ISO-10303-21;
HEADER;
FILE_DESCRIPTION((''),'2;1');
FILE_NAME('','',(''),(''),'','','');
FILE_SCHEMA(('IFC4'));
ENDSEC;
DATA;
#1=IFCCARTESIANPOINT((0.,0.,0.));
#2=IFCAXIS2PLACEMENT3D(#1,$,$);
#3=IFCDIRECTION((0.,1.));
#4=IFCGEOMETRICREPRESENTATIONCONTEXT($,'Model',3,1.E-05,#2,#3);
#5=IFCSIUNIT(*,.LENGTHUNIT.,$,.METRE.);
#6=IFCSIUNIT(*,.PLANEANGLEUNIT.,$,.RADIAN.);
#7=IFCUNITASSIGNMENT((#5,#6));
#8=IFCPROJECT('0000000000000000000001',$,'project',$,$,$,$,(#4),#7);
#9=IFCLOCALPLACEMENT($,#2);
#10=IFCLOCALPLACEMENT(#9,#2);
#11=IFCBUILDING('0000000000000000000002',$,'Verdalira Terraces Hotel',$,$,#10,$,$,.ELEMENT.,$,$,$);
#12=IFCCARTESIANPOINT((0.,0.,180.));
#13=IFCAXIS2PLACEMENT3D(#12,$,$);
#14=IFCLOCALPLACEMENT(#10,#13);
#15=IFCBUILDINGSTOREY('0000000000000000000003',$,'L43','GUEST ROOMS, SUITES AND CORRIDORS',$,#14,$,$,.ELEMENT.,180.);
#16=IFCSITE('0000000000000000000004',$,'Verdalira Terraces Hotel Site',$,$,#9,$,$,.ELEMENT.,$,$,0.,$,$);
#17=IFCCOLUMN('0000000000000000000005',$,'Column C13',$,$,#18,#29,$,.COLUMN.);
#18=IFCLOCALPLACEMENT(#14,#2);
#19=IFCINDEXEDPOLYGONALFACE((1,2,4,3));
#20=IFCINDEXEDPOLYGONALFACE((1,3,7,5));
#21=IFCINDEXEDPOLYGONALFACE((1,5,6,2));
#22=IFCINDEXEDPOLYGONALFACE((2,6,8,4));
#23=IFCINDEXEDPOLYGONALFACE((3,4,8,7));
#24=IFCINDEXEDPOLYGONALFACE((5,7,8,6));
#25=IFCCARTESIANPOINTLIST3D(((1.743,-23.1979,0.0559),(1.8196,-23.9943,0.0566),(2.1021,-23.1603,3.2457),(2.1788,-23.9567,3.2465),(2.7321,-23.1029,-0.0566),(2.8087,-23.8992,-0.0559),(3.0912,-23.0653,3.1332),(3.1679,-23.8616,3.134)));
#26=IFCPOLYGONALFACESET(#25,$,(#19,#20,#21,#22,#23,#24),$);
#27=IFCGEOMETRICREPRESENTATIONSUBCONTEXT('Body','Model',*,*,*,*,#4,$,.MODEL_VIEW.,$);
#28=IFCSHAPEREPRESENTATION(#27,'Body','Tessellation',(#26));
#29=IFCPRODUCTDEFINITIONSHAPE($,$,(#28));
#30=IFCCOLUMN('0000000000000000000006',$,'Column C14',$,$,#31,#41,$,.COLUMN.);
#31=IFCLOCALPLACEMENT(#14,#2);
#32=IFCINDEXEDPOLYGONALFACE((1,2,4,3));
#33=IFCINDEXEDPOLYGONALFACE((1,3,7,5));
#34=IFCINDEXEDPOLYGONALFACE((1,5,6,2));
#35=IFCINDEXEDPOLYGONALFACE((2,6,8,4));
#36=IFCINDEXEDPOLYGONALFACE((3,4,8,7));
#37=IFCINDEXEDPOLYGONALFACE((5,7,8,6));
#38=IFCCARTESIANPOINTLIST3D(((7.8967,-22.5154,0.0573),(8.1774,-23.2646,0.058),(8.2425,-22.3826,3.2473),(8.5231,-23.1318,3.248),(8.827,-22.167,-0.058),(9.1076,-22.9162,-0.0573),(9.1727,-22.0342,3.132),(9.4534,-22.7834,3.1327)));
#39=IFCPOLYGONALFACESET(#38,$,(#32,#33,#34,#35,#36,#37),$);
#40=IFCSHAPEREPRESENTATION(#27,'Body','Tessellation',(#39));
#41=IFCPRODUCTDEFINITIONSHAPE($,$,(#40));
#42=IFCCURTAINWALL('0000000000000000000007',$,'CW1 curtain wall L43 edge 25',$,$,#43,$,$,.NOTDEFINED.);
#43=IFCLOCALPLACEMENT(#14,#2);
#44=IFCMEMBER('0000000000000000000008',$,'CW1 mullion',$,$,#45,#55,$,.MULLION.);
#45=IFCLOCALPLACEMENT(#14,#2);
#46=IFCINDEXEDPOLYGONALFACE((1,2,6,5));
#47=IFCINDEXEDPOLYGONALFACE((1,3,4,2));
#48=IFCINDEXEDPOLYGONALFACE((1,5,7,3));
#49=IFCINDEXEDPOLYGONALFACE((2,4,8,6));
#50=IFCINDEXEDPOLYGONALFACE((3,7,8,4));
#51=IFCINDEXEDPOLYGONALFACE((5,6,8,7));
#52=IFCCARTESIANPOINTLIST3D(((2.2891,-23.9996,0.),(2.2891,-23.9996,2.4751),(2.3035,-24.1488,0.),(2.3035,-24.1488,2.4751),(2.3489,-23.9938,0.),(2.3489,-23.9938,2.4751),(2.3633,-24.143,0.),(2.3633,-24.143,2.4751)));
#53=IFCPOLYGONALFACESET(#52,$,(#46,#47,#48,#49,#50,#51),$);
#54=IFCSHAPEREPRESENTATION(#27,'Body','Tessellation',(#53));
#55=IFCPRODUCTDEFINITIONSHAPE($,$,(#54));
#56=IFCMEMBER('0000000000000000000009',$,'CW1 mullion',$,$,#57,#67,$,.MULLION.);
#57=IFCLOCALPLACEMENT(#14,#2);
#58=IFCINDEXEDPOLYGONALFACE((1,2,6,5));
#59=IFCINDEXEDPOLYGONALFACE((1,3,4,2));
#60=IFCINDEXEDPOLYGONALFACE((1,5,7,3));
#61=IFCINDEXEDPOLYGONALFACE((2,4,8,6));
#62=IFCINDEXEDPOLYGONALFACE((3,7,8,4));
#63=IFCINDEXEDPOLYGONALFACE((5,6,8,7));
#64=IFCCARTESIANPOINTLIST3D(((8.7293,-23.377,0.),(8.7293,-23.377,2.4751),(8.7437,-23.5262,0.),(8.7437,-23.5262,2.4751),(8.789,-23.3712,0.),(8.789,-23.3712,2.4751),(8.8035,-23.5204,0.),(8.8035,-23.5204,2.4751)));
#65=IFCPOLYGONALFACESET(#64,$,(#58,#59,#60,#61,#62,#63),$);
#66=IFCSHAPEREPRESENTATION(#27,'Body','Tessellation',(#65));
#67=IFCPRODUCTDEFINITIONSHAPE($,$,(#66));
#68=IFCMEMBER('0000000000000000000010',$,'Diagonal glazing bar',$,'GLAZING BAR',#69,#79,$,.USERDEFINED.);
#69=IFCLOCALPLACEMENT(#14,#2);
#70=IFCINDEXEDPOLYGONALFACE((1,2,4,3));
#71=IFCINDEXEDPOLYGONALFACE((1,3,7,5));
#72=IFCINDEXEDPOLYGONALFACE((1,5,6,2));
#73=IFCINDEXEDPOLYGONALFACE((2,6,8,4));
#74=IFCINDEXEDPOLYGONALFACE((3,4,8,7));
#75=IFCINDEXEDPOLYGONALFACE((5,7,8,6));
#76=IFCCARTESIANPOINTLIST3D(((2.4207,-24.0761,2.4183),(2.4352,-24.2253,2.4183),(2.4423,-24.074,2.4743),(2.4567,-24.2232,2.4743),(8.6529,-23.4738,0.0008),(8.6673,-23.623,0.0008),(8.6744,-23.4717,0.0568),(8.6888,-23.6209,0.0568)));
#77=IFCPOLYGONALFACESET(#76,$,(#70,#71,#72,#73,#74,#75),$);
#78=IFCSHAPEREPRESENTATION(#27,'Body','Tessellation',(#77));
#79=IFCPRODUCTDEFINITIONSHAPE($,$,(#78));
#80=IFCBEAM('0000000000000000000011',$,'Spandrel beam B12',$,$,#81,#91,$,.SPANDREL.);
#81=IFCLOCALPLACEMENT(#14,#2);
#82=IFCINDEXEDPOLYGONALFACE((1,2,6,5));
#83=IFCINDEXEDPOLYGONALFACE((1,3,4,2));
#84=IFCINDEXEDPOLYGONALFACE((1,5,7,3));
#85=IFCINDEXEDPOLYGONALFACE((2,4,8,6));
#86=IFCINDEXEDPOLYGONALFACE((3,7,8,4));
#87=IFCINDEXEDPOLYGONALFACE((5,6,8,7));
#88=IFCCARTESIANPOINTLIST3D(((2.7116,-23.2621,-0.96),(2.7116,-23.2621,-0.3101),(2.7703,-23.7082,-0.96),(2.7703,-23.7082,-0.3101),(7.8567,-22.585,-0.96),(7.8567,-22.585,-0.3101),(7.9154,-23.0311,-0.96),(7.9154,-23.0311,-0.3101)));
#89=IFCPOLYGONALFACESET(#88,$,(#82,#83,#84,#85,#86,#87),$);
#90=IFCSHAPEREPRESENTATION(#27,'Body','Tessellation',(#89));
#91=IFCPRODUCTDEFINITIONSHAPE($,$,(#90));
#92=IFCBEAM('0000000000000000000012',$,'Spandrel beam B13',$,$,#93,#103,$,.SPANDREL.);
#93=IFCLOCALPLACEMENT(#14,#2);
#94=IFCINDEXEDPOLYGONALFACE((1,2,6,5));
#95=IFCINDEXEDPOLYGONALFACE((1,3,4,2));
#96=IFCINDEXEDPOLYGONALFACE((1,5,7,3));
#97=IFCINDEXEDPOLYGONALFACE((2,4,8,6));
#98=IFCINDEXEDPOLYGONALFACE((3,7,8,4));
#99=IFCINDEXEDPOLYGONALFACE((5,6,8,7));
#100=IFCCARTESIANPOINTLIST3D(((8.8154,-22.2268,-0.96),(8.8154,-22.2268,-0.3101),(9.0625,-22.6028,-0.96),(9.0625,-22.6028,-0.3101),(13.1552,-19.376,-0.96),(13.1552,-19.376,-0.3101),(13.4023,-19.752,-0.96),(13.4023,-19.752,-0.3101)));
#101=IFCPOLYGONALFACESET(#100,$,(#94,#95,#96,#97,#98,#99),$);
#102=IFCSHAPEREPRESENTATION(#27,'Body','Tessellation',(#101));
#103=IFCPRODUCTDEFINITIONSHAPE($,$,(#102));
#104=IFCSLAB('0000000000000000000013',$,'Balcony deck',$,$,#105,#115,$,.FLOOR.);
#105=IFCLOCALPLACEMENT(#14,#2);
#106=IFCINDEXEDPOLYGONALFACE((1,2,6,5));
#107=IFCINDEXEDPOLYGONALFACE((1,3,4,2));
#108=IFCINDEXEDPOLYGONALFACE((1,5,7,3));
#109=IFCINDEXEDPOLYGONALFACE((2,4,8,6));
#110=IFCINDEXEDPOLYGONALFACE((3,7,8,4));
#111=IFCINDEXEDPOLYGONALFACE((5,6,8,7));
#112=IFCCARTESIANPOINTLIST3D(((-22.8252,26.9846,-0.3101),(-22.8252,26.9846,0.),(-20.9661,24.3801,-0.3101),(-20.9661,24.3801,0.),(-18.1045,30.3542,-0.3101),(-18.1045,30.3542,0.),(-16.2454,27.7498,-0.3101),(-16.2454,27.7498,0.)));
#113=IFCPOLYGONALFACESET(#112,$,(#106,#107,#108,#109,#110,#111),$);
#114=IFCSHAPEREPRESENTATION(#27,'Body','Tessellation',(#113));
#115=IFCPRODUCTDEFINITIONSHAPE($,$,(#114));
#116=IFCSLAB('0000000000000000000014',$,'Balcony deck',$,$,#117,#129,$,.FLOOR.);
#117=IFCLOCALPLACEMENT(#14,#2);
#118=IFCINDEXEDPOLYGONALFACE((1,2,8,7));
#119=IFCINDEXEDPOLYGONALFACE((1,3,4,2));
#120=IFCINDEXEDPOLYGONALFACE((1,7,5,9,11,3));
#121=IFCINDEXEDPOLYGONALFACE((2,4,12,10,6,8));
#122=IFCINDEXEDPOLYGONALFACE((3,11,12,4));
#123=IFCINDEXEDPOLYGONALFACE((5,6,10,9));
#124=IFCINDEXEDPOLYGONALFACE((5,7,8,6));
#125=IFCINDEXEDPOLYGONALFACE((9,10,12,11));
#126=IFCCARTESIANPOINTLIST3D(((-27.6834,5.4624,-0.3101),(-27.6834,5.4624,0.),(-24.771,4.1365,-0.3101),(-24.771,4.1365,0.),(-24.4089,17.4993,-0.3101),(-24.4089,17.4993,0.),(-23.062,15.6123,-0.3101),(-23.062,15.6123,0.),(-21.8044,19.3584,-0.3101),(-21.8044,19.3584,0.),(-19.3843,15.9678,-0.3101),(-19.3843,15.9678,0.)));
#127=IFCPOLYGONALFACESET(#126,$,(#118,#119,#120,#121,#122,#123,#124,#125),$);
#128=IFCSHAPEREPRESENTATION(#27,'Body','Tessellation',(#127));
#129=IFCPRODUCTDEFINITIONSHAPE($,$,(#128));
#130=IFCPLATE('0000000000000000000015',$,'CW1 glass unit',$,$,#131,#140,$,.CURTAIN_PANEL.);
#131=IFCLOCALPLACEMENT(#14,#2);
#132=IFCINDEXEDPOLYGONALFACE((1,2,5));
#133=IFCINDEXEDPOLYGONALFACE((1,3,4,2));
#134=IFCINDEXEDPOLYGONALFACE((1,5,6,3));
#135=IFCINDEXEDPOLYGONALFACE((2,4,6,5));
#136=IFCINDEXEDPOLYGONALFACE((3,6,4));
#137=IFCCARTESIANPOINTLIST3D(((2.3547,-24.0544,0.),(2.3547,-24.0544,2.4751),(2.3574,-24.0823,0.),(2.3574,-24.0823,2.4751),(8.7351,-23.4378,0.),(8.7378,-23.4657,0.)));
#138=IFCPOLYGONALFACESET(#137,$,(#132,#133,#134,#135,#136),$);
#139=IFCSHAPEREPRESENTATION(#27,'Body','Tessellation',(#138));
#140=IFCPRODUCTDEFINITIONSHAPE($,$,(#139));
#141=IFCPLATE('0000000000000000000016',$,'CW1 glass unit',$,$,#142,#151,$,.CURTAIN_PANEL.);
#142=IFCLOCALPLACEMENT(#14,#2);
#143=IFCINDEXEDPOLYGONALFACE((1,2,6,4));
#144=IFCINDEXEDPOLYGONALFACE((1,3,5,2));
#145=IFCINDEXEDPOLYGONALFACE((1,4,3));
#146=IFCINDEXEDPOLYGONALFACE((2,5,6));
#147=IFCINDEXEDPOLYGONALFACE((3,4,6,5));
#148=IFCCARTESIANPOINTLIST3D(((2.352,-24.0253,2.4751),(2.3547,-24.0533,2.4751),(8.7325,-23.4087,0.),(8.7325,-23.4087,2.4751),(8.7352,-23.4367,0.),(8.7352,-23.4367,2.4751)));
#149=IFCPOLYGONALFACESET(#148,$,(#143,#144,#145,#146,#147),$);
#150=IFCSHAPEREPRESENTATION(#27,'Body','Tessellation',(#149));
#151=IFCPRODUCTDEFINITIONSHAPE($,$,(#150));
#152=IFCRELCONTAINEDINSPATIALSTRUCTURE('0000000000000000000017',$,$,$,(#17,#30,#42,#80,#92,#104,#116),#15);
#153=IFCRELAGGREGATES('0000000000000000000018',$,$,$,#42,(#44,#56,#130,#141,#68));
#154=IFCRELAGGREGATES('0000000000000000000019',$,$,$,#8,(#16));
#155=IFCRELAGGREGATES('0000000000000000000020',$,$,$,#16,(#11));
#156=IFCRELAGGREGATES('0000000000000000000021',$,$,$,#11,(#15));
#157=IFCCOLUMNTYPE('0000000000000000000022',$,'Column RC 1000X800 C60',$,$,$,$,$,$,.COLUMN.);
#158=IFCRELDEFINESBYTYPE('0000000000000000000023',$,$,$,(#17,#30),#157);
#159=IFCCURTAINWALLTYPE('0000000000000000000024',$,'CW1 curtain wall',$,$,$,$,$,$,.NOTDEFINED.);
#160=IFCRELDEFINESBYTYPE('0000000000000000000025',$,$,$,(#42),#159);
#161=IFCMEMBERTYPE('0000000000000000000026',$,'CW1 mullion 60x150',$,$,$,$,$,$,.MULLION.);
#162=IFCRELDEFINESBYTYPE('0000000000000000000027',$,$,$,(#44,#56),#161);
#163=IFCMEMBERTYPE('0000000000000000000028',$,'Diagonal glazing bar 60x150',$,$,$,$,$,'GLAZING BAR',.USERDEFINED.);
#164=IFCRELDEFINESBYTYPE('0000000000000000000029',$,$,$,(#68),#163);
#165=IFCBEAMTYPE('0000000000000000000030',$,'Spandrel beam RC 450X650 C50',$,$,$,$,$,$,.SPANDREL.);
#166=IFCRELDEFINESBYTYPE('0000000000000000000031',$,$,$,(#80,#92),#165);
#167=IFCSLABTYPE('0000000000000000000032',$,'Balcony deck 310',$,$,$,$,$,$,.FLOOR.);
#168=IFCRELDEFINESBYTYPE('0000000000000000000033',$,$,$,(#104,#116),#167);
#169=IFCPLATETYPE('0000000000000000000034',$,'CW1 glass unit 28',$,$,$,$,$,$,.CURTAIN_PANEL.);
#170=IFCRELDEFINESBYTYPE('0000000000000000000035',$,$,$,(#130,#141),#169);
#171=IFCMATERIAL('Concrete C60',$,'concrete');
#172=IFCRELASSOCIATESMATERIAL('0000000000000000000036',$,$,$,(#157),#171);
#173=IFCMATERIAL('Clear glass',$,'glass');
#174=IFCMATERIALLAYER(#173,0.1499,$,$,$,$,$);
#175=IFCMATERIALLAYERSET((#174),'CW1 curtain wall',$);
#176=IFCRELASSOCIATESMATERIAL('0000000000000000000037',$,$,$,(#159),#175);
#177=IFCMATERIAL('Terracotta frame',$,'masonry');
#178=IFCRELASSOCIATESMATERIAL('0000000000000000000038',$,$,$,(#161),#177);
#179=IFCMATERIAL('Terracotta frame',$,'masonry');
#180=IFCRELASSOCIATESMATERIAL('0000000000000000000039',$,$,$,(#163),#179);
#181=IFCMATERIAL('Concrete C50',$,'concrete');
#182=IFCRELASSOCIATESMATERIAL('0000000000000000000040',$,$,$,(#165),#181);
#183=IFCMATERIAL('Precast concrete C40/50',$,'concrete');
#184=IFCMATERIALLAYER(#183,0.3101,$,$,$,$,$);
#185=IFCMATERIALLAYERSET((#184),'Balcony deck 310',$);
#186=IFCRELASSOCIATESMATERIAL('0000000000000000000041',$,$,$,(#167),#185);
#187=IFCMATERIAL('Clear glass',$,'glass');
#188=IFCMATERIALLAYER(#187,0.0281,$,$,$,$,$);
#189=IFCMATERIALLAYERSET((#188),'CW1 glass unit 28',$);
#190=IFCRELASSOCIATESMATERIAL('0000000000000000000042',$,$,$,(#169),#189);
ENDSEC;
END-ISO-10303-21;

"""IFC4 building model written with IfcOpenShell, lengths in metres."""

from ifc_helpers import new_model, si_unit, direction, frame, origin, origin_2d, place, context, subcontext, project, spatial, polyline, rectangle, outline, extrude, material, layer, layer_set, material_profile, profile_set, type_object, element, aggregate, save


model = new_model("IFC4")

# Units and contexts
model_context = context("Model", 3, precision=1e-05, world=origin(), true_north=direction((0.0, 1.0)))
body_context = subcontext(model_context, "Body", "Model", "MODEL_VIEW")
ifc_project = project(units=[si_unit("LENGTHUNIT", "METRE"), si_unit("PLANEANGLEUNIT", "RADIAN")], contexts=[model_context])

# Site, building, storey
site_placement = place(None, origin())
site = spatial("IfcSite", under=ifc_project, at=site_placement, Name="Verdalira Terraces Hotel Site", CompositionType="ELEMENT", RefElevation=0.0)
building_placement = place(site_placement, origin())
building = spatial("IfcBuilding", under=site, at=building_placement, Name="Verdalira Terraces Hotel", CompositionType="ELEMENT")
storey_placement = place(building_placement, frame((0.0, 0.0, 180.0)))
storey = spatial("IfcBuildingStorey", under=building, at=storey_placement, Name="L43", Description="GUEST ROOMS, SUITES AND CORRIDORS", CompositionType="ELEMENT", Elevation=180.0)

# Columns
ifc_material_1 = material(Name="Concrete C60", Category="concrete")
ifc_material_profile_1 = material_profile(ifc_material_1, rectangle(XDim=1.0, YDim=0.8, at=origin_2d()), Name="RC 1000X800")
ifc_profile_set_1 = profile_set([ifc_material_profile_1], Name="Concrete C60")
column_type = type_object("IfcColumnType", Name="Column RC 1000X800 C60", PredefinedType="COLUMN", material=ifc_profile_set_1)
column_1_placement = place(storey_placement, frame((2.2759, -23.5486, 0.0), z_axis=(0.111868, 0.011712, 0.993654), x_axis=(0.989096, 0.095071, -0.112475)))
element("IfcColumn", 1, at=column_1_placement, inside=storey, type_object=column_type, Name="Column C13", PredefinedType="COLUMN", context=body_context, shape_type="SweptSolid", body=[
    extrude(rectangle(XDim=1.0, YDim=0.8, at=origin_2d()), origin(), (0.0, 0.0, 1.0), 3.2102),
])
column_2_placement = place(storey_placement, frame((8.5022, -22.7158, 0.0), z_axis=(0.10765, 0.041357, 0.993328), x_axis=(-0.930245, -0.348348, 0.115317)))
element("IfcColumn", 2, at=column_2_placement, inside=storey, type_object=column_type, Name="Column C14", PredefinedType="COLUMN", context=body_context, shape_type="SweptSolid", body=[
    extrude(rectangle(XDim=1.0, YDim=0.8, at=origin_2d()), origin(), (0.0, 0.0, 1.0), 3.2114),
])

# Curtain wall, members
ifc_material_2 = material(Name="Clear glass", Category="glass")
ifc_layer_1 = layer(ifc_material_2, 0.1499)
ifc_layer_set_1 = layer_set([ifc_layer_1], Name="CW1 curtain wall")
curtain_wall_type = type_object("IfcCurtainWallType", Name="CW1 curtain wall", PredefinedType="NOTDEFINED", material=ifc_layer_set_1)
curtain_wall_placement = place(storey_placement, origin())
curtain_wall = element("IfcCurtainWall", 3, at=curtain_wall_placement, inside=storey, type_object=curtain_wall_type, Name="CW1 curtain wall L43 edge 25", PredefinedType="NOTDEFINED")
ifc_material_3 = material(Name="Terracotta frame", Category="masonry")
ifc_material_profile_2 = material_profile(ifc_material_3, rectangle(XDim=0.0601, YDim=0.1499, at=origin_2d()), Name="MU 60x150")
ifc_profile_set_2 = profile_set([ifc_material_profile_2], Name="Terracotta frame")
member_type_1 = type_object("IfcMemberType", Name="CW1 mullion 60x150", PredefinedType="MULLION", material=ifc_profile_set_2)
member_1_placement = place(storey_placement, frame((2.3262, -24.0713, 0.0), z_axis=(0.0, 0.0, 1.0), x_axis=(0.995363, 0.096193, 0.0)))
member_1 = element("IfcMember", 4, at=member_1_placement, type_object=member_type_1, Name="CW1 mullion", PredefinedType="MULLION", context=body_context, shape_type="SweptSolid", body=[
    extrude(rectangle(XDim=0.0601, YDim=0.1499, at=origin_2d()), origin(), (0.0, 0.0, 1.0), 2.4751),
])
member_2_placement = place(storey_placement, frame((8.7664, -23.4487, 0.0), z_axis=(0.0, 0.0, 1.0), x_axis=(0.995363, 0.096193, 0.0)))
member_2 = element("IfcMember", 5, at=member_2_placement, type_object=member_type_1, Name="CW1 mullion", PredefinedType="MULLION", context=body_context, shape_type="SweptSolid", body=[
    extrude(rectangle(XDim=0.0601, YDim=0.1499, at=origin_2d()), origin(), (0.0, 0.0, 1.0), 2.4751),
])
ifc_material_4 = material(Name="Terracotta frame", Category="masonry")
ifc_material_profile_3 = material_profile(ifc_material_4, rectangle(XDim=0.1499, YDim=0.0601, at=origin_2d()), Name="GB 60x150")
ifc_profile_set_3 = profile_set([ifc_material_profile_3], Name="Terracotta frame")
member_type_2 = type_object("IfcMemberType", Name="Diagonal glazing bar 60x150", ElementType="GLAZING BAR", PredefinedType="USERDEFINED", material=ifc_profile_set_3)
member_3_placement = place(storey_placement, frame((2.4387, -24.1497, 2.4463), z_axis=(0.928553, 0.089738, -0.360189), x_axis=(-0.096195, 0.995363, 0.0)))
member_3 = element("IfcMember", 6, at=member_3_placement, type_object=member_type_2, Name="Diagonal glazing bar", ObjectType="GLAZING BAR", PredefinedType="USERDEFINED", context=body_context, shape_type="SweptSolid", body=[
    extrude(rectangle(XDim=0.1499, YDim=0.0601, at=origin_2d()), origin(), (0.0, 0.0, 1.0), 6.7117),
])

# Beams
ifc_material_5 = material(Name="Concrete C50", Category="concrete")
ifc_material_profile_4 = material_profile(ifc_material_5, rectangle(XDim=0.45, YDim=0.6499, at=origin_2d()), Name="RC 450X650")
ifc_profile_set_4 = profile_set([ifc_material_profile_4], Name="Concrete C50")
beam_type = type_object("IfcBeamType", Name="Spandrel beam RC 450X650 C50", PredefinedType="SPANDREL", material=ifc_profile_set_4)
beam_1_placement = place(storey_placement, frame((2.741, -23.4851, -0.635), z_axis=(0.991454, 0.130459, 0.0), x_axis=(-0.130459, 0.991454, 0.0)))
element("IfcBeam", 7, at=beam_1_placement, inside=storey, type_object=beam_type, Name="Spandrel beam B12", PredefinedType="SPANDREL", context=body_context, shape_type="SweptSolid", body=[
    extrude(rectangle(XDim=0.45, YDim=0.6499, at=origin_2d()), origin(), (0.0, 0.0, 1.0), 5.1895),
])
beam_2_placement = place(storey_placement, frame((8.939, -22.4148, -0.635), z_axis=(0.8358, 0.549034, 0.0), x_axis=(-0.549034, 0.8358, 0.0)))
element("IfcBeam", 8, at=beam_2_placement, inside=storey, type_object=beam_type, Name="Spandrel beam B13", PredefinedType="SPANDREL", context=body_context, shape_type="SweptSolid", body=[
    extrude(rectangle(XDim=0.45, YDim=0.6499, at=origin_2d()), origin(), (0.0, 0.0, 1.0), 5.1924),
])

# Slabs
ifc_material_6 = material(Name="Precast concrete C40/50", Category="concrete")
ifc_layer_2 = layer(ifc_material_6, 0.3101)
ifc_layer_set_2 = layer_set([ifc_layer_2], Name="Balcony deck 310")
slab_type_1 = type_object("IfcSlabType", Name="Balcony deck 310", PredefinedType="FLOOR", material=ifc_layer_set_2)
slab_1_placement = place(storey_placement, frame((0.0, 0.0, -0.3101)))
element("IfcSlab", 9, at=slab_1_placement, inside=storey, type_object=slab_type_1, Name="Balcony deck", PredefinedType="FLOOR", context=body_context, shape_type="SweptSolid", body=[
    extrude(outline(polyline([(-22.8252, 26.9846), (-20.9661, 24.3801), (-16.2454, 27.7498), (-18.1045, 30.3542), (-22.8252, 26.9846)])), origin(), (0.0, 0.0, 1.0), 0.3101),
])
slab_2_placement = place(storey_placement, frame((0.0, 0.0, -0.3101)))
element("IfcSlab", 10, at=slab_2_placement, inside=storey, type_object=slab_type_1, Name="Balcony deck", PredefinedType="FLOOR", context=body_context, shape_type="SweptSolid", body=[
    extrude(outline(polyline([(-23.062, 15.6123), (-27.6834, 5.4624), (-24.771, 4.1365), (-19.3843, 15.9678), (-21.8044, 19.3584), (-24.4089, 17.4993), (-23.062, 15.6123)])), origin(), (0.0, 0.0, 1.0), 0.3101),
])

# Plates
ifc_material_7 = material(Name="Clear glass", Category="glass")
ifc_layer_3 = layer(ifc_material_7, 0.0281)
ifc_layer_set_3 = layer_set([ifc_layer_3], Name="CW1 glass unit 28")
plate_type = type_object("IfcPlateType", Name="CW1 glass unit 28", PredefinedType="CURTAIN_PANEL", material=ifc_layer_set_3)
plate_1_placement = place(storey_placement, frame((5.5449, -23.7461, 1.2375), z_axis=(0.096193, -0.995363, 0.0), x_axis=(0.995363, 0.096193, 0.0)))
plate_1 = element("IfcPlate", 11, at=plate_1_placement, type_object=plate_type, Name="CW1 glass unit", PredefinedType="CURTAIN_PANEL", context=body_context, shape_type="SweptSolid", body=[
    extrude(outline(polyline([(-3.2051, -1.2375), (3.2051, -1.2375), (-3.2051, 1.2375), (-3.2051, -1.2375)])), origin(), (0.0, 0.0, 1.0), 0.0281),
])
plate_2_placement = place(storey_placement, frame((5.5422, -23.717, 1.2375), z_axis=(0.096193, -0.995363, 0.0), x_axis=(0.995363, 0.096193, 0.0)))
plate_2 = element("IfcPlate", 12, at=plate_2_placement, type_object=plate_type, Name="CW1 glass unit", PredefinedType="CURTAIN_PANEL", context=body_context, shape_type="SweptSolid", body=[
    extrude(outline(polyline([(3.2051, -1.2375), (3.2051, 1.2375), (-3.2051, 1.2375), (3.2051, -1.2375)])), origin(), (0.0, 0.0, 1.0), 0.0281),
])
aggregate(curtain_wall, [member_1, member_2, plate_1, plate_2, member_3])

save(model, "model.ifc")
